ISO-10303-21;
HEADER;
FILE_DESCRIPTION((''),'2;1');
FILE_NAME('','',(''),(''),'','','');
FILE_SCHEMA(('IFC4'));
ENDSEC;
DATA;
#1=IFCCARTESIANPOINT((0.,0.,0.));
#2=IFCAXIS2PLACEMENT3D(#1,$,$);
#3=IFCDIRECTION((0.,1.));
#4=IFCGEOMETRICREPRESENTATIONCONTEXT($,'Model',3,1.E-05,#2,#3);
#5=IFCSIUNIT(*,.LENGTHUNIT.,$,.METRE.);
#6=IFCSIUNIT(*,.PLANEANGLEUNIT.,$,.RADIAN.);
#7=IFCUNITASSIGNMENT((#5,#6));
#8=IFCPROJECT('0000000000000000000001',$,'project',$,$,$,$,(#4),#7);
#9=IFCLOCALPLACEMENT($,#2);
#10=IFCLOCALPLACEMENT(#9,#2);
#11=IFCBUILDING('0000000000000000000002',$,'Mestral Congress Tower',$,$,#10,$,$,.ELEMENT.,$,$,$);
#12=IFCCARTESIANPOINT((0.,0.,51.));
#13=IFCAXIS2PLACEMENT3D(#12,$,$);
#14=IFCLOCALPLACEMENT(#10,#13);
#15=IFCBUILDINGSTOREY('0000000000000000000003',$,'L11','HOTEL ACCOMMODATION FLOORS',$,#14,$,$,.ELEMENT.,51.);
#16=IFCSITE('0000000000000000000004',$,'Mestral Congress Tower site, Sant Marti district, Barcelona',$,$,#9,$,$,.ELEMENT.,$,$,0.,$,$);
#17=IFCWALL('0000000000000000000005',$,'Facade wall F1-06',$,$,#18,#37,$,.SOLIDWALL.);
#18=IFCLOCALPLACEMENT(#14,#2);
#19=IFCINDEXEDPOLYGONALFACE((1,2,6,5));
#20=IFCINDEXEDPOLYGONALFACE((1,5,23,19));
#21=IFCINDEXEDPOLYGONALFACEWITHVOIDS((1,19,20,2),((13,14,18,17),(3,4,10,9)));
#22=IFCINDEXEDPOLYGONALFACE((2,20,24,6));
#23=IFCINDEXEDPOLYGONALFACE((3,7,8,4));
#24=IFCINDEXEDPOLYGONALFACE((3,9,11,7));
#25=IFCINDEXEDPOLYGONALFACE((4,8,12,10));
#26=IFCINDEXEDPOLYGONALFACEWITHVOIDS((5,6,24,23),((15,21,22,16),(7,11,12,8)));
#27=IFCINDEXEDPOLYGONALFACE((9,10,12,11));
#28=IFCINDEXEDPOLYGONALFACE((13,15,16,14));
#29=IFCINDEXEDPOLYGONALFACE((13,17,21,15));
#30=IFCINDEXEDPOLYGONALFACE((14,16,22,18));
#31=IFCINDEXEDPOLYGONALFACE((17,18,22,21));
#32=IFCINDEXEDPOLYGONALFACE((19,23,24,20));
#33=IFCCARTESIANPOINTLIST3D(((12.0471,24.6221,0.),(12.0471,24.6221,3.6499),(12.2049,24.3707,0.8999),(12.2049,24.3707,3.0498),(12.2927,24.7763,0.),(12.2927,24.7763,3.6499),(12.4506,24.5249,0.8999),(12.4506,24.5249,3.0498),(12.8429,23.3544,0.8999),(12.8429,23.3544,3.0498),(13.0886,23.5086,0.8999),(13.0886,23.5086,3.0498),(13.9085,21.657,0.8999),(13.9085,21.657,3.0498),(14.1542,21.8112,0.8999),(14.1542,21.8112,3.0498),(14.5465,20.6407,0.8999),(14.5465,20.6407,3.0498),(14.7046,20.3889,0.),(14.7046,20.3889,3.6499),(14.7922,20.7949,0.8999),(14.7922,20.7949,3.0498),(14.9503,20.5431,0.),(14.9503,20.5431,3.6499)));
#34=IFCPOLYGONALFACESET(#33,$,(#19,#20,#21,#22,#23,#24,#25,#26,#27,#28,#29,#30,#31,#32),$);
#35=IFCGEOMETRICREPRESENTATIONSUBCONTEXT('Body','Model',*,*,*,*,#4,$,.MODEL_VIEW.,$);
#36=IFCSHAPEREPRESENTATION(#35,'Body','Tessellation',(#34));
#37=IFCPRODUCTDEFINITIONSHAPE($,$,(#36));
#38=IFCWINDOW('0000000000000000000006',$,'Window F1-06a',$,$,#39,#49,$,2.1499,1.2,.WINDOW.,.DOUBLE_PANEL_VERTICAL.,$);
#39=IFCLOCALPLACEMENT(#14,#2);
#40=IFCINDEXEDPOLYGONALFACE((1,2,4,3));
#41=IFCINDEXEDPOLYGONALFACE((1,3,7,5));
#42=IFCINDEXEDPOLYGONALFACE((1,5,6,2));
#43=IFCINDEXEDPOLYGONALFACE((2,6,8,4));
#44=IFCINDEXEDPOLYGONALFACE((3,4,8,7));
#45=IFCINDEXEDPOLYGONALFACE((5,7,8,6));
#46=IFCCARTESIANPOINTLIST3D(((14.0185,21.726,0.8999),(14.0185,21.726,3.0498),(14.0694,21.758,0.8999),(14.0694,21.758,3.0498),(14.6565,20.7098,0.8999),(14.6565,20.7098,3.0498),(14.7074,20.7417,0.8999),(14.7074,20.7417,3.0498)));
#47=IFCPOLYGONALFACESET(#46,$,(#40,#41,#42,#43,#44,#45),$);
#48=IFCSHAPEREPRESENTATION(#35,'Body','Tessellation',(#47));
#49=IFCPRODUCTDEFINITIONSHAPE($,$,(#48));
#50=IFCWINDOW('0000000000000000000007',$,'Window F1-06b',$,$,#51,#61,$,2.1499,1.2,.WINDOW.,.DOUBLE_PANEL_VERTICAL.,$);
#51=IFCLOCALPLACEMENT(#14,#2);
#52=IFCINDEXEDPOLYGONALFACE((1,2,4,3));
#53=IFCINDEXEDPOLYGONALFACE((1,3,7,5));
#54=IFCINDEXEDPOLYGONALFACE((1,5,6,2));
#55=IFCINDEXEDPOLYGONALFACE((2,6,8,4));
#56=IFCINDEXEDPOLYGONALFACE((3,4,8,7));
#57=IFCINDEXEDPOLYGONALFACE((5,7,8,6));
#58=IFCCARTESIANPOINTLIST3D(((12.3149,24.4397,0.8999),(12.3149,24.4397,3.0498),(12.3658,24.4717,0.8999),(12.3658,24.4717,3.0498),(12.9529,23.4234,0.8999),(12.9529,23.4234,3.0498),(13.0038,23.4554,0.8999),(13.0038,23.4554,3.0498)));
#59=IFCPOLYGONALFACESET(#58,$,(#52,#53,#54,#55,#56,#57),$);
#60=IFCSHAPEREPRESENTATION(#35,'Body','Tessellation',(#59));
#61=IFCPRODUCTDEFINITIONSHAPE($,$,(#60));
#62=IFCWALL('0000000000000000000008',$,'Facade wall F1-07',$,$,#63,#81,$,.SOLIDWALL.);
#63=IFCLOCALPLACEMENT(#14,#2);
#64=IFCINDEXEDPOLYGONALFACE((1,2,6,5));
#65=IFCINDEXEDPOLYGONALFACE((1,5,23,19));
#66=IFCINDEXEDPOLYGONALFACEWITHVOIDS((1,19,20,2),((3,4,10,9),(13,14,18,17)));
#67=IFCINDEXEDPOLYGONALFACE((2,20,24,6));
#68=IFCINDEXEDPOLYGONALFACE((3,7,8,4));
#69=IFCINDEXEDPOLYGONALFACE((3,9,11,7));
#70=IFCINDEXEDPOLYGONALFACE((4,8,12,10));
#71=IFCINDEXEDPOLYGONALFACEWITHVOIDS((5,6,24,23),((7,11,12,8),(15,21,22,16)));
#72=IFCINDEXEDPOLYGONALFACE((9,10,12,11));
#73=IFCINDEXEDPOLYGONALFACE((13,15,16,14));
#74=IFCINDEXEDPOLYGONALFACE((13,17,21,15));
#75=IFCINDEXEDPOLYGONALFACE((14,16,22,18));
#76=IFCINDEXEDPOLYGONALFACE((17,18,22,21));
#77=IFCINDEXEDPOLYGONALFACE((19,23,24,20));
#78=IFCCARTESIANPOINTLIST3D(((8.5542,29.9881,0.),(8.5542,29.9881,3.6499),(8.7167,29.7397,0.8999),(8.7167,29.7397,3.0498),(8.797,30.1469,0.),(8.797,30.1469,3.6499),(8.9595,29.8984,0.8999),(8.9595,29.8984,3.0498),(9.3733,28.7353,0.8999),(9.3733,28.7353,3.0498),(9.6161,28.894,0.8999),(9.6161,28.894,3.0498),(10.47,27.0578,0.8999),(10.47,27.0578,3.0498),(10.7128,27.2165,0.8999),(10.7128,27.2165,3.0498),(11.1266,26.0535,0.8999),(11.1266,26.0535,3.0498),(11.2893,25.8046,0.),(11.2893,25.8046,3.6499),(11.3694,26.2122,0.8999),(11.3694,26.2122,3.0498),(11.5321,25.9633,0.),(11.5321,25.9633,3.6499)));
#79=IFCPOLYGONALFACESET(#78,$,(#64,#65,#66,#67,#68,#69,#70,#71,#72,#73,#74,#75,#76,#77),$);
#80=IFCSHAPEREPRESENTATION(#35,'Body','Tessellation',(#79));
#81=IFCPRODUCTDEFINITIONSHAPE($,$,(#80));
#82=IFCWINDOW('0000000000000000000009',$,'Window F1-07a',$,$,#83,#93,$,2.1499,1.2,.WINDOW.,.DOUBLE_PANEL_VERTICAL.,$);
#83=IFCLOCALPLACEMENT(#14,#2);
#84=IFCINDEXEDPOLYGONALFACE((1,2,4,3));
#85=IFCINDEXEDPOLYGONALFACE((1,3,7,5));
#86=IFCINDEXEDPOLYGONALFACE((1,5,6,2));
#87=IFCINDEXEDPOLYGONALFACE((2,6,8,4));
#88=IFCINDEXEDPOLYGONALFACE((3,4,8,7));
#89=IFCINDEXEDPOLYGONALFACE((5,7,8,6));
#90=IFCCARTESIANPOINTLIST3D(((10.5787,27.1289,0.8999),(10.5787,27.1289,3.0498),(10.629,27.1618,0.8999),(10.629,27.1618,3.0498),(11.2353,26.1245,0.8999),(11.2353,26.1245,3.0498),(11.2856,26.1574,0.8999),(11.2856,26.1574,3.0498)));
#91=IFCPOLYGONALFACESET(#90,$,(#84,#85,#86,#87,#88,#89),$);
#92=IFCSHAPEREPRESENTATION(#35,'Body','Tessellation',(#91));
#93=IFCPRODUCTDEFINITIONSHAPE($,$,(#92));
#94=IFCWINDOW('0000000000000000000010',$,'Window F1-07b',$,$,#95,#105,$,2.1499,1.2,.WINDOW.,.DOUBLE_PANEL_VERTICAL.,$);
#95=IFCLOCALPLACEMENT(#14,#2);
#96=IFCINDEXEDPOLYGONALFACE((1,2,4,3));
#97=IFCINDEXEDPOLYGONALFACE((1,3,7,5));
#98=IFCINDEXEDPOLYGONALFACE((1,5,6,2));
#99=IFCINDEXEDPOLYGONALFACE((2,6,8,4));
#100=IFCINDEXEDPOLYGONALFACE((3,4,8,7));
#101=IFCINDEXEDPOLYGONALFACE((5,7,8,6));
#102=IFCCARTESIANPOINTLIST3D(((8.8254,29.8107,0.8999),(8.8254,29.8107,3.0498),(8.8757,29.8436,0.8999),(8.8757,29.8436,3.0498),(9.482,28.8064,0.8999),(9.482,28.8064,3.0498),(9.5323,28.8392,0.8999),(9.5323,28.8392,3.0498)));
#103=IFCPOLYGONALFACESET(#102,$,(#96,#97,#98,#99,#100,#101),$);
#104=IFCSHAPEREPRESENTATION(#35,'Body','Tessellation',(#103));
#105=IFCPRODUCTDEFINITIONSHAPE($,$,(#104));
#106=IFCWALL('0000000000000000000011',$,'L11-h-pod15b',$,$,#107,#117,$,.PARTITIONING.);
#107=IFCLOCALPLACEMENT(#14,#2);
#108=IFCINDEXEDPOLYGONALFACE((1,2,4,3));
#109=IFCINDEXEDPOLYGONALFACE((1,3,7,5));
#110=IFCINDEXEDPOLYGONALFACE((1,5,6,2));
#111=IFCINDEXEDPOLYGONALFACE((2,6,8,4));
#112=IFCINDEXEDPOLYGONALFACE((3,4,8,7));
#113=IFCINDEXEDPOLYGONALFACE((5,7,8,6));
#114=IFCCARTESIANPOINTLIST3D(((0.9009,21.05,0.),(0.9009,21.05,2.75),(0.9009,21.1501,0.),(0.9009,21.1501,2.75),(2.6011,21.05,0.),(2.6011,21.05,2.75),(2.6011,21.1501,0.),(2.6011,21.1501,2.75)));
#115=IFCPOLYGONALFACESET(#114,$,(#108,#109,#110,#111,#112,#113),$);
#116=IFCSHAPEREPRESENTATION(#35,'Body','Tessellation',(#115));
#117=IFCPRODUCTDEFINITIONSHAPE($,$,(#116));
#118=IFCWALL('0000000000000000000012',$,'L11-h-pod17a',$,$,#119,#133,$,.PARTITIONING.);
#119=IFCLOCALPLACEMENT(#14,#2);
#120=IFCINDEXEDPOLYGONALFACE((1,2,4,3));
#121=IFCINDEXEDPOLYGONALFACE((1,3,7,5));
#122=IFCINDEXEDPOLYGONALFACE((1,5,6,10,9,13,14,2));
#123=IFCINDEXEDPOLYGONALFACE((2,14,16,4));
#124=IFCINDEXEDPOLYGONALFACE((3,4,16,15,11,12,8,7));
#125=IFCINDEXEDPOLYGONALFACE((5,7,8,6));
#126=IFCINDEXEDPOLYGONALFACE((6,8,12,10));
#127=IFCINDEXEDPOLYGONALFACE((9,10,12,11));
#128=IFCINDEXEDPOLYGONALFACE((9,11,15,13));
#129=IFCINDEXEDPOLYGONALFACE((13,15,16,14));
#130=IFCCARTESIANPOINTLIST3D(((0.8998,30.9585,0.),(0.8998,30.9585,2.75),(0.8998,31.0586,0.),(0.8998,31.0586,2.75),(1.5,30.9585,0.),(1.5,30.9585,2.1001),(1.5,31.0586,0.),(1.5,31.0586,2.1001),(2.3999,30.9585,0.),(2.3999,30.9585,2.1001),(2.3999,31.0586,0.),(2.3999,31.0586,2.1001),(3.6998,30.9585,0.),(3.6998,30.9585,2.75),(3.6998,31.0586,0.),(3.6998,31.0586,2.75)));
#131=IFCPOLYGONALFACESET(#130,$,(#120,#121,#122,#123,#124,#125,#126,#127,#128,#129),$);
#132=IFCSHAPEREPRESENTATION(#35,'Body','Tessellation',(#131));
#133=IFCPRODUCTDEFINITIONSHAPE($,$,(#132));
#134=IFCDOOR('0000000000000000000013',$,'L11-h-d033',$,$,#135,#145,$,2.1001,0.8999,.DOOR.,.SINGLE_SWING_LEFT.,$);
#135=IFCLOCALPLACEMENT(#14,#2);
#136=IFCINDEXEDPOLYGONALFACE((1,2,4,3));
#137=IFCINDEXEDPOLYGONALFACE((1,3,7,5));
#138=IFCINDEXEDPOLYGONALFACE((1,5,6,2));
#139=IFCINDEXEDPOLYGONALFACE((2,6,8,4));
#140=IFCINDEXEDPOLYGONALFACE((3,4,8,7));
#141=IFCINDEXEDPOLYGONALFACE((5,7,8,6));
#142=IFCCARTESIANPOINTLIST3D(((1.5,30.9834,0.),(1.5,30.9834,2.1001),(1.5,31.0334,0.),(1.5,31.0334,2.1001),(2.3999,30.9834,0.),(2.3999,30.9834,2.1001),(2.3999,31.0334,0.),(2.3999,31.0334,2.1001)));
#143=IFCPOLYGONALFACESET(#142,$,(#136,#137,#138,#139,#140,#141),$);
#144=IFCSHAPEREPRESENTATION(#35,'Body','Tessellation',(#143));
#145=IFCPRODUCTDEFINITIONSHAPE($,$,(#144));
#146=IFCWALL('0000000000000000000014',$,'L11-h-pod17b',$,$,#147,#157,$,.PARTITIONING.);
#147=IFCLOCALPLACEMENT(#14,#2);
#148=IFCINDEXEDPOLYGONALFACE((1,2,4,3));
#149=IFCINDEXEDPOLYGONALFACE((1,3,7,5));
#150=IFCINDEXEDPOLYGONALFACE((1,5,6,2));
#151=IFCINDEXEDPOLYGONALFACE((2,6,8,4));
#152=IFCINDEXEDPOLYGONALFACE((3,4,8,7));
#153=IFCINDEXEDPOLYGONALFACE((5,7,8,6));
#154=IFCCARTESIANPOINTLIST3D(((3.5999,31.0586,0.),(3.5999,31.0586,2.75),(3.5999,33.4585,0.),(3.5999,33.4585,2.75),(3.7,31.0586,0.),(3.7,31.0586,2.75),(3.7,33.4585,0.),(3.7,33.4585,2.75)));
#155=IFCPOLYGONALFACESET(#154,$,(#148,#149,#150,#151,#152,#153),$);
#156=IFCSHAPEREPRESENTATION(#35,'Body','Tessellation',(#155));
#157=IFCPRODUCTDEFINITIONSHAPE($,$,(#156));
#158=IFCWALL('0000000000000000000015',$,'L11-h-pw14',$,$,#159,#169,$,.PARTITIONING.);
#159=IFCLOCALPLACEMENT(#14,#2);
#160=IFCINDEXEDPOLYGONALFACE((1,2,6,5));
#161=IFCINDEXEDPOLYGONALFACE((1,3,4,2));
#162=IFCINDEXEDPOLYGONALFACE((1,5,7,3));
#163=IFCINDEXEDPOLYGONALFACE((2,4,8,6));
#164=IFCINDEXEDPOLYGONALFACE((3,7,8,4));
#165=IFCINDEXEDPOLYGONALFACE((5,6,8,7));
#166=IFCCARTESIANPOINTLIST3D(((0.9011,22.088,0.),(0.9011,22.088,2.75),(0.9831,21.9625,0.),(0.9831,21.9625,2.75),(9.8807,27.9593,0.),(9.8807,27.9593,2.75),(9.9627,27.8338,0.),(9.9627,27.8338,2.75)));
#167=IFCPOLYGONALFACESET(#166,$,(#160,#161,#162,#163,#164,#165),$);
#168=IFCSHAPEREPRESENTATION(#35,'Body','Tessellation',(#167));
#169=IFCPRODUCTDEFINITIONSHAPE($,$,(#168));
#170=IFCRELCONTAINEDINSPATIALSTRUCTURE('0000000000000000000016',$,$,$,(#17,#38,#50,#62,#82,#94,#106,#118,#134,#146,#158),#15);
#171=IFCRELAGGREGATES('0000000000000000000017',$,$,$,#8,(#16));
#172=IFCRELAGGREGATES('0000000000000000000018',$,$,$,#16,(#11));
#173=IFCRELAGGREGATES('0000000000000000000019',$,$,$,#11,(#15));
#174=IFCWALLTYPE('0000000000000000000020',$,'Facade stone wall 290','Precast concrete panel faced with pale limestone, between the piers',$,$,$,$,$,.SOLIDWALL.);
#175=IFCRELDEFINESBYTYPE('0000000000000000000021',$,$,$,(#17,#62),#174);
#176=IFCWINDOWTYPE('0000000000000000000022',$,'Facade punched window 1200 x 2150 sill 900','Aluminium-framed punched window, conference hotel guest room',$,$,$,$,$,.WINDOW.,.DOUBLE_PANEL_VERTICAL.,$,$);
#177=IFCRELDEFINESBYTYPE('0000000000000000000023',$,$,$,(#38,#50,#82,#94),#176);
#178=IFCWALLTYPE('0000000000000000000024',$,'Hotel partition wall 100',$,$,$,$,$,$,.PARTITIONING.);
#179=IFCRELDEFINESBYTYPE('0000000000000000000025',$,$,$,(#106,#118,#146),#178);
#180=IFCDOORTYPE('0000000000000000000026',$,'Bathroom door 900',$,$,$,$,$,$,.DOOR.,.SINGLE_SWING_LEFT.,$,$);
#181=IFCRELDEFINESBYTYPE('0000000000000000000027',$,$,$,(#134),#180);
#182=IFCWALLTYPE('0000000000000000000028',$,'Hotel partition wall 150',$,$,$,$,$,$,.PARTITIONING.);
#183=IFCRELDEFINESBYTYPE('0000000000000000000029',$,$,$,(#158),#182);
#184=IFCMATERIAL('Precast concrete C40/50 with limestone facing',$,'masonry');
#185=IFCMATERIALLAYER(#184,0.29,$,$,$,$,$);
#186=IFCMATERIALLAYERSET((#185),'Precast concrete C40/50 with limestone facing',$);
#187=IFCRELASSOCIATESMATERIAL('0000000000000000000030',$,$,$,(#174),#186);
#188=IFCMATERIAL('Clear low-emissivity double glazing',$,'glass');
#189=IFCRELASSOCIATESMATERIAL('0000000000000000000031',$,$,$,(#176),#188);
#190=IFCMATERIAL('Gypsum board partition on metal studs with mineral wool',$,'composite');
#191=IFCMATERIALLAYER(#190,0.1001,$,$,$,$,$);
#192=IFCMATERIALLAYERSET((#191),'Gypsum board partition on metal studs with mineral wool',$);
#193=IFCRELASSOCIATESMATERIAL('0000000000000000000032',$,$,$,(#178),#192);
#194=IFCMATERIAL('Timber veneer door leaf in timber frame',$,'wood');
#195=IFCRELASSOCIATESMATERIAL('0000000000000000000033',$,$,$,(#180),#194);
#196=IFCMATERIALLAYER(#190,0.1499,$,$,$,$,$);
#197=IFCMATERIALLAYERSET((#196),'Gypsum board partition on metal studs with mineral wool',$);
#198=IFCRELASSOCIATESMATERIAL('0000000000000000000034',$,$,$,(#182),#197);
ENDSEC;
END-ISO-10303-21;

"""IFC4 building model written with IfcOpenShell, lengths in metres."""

from ifc_helpers import new_model, si_unit, direction, frame, frame_2d, origin, place, context, subcontext, project, spatial, rectangle, extrude, material, layer, layer_set, type_object, element, fill, save


model = new_model("IFC4")

# Units and contexts
model_context = context("Model", 3, precision=1e-05, world=origin(), true_north=direction((0.0, 1.0)))
body_context = subcontext(model_context, "Body", "Model", "MODEL_VIEW")
ifc_project = project(units=[si_unit("LENGTHUNIT", "METRE"), si_unit("PLANEANGLEUNIT", "RADIAN")], contexts=[model_context])

# Site, building, storey
site_placement = place(None, origin())
site = spatial("IfcSite", under=ifc_project, at=site_placement, Name="Mestral Congress Tower site, Sant Marti district, Barcelona", CompositionType="ELEMENT", RefElevation=0.0)
building_placement = place(site_placement, origin())
building = spatial("IfcBuilding", under=site, at=building_placement, Name="Mestral Congress Tower", CompositionType="ELEMENT")
storey_placement = place(building_placement, frame((0.0, 0.0, 51.0)))
storey = spatial("IfcBuildingStorey", under=building, at=storey_placement, Name="L11", Description="HOTEL ACCOMMODATION FLOORS", CompositionType="ELEMENT", Elevation=51.0)

# Walls, openings, windows
ifc_material_1 = material(Name="Precast concrete C40/50 with limestone facing", Category="masonry")
ifc_layer_1 = layer(ifc_material_1, 0.29)
ifc_layer_set_1 = layer_set([ifc_layer_1], Name="Precast concrete C40/50 with limestone facing")
wall_type_1 = type_object("IfcWallType", Name="Facade stone wall 290", Description="Precast concrete panel faced with pale limestone, between the piers", PredefinedType="SOLIDWALL", material=ifc_layer_set_1)
wall_1_placement = place(storey_placement, frame((14.8274, 20.4661, 0.0), z_axis=(0.0, 0.0, 1.0), x_axis=(-0.531688, 0.84694, 0.0)))
wall_1 = element("IfcWall", 1, at=wall_1_placement, inside=storey, type_object=wall_type_1, Name="Facade wall F1-06", PredefinedType="SOLIDWALL", context=body_context, shape_type="SweptSolid", body=[
    extrude(rectangle(XDim=4.9983, YDim=0.29, at=frame_2d((2.499, 0.0))), origin(), (0.0, 0.0, 1.0), 3.6499),
])
opening_1_placement = place(wall_1_placement, frame((0.2971, 0.0, 0.8999)))
opening_1 = element("IfcOpeningElement", 2, at=opening_1_placement, cuts=wall_1, PredefinedType="OPENING", context=body_context, shape_type="SweptSolid", body=[
    extrude(rectangle(XDim=1.2, YDim=2.1499, at=frame_2d((0.6001, 1.075))), frame((0.0, 0.155, 0.0), z_axis=(0.0, -1.0, 0.0), x_axis=(1.0, 0.0, 0.0)), (0.0, 0.0, 1.0), 0.3101),
])
opening_2_placement = place(wall_1_placement, frame((3.5012, 0.0, 0.8999)))
opening_2 = element("IfcOpeningElement", 3, at=opening_2_placement, cuts=wall_1, PredefinedType="OPENING", context=body_context, shape_type="SweptSolid", body=[
    extrude(rectangle(XDim=1.2, YDim=2.1499, at=frame_2d((0.6001, 1.075))), frame((0.0, 0.155, 0.0), z_axis=(0.0, -1.0, 0.0), x_axis=(1.0, 0.0, 0.0)), (0.0, 0.0, 1.0), 0.3101),
])
ifc_material_2 = material(Name="Clear low-emissivity double glazing", Category="glass")
window_type = type_object("IfcWindowType", Name="Facade punched window 1200 x 2150 sill 900", Description="Aluminium-framed punched window, conference hotel guest room", PartitioningType="DOUBLE_PANEL_VERTICAL", PredefinedType="WINDOW", material=ifc_material_2)
window_1_placement = place(opening_1_placement, origin())
window_1 = element("IfcWindow", 4, at=window_1_placement, inside=storey, type_object=window_type, Name="Window F1-06a", OverallHeight=2.1499, OverallWidth=1.2, PartitioningType="DOUBLE_PANEL_VERTICAL", PredefinedType="WINDOW", context=body_context, shape_type="SweptSolid", body=[
    extrude(rectangle(XDim=1.2, YDim=2.1499, at=frame_2d((0.6001, 1.075))), frame((0.0, 0.0151, 0.0), z_axis=(0.0, -1.0, 0.0), x_axis=(1.0, 0.0, 0.0)), (0.0, 0.0, 1.0), 0.0601),
])
fill(opening_1, window_1)
window_2_placement = place(opening_2_placement, origin())
window_2 = element("IfcWindow", 5, at=window_2_placement, inside=storey, type_object=window_type, Name="Window F1-06b", OverallHeight=2.1499, OverallWidth=1.2, PartitioningType="DOUBLE_PANEL_VERTICAL", PredefinedType="WINDOW", context=body_context, shape_type="SweptSolid", body=[
    extrude(rectangle(XDim=1.2, YDim=2.1499, at=frame_2d((0.6001, 1.075))), frame((0.0, 0.0151, 0.0), z_axis=(0.0, -1.0, 0.0), x_axis=(1.0, 0.0, 0.0)), (0.0, 0.0, 1.0), 0.0601),
])
fill(opening_2, window_2)
wall_2_placement = place(storey_placement, frame((11.4106, 25.884, 0.0), z_axis=(0.0, 0.0, 1.0), x_axis=(-0.547205, 0.836999, 0.0)))
wall_2 = element("IfcWall", 6, at=wall_2_placement, inside=storey, type_object=wall_type_1, Name="Facade wall F1-07", PredefinedType="SOLIDWALL", context=body_context, shape_type="SweptSolid", body=[
    extrude(rectangle(XDim=4.9983, YDim=0.29, at=frame_2d((2.499, 0.0))), origin(), (0.0, 0.0, 1.0), 3.6499),
])
opening_3_placement = place(wall_2_placement, frame((0.2971, 0.0, 0.8999)))
opening_3 = element("IfcOpeningElement", 7, at=opening_3_placement, cuts=wall_2, PredefinedType="OPENING", context=body_context, shape_type="SweptSolid", body=[
    extrude(rectangle(XDim=1.2, YDim=2.1499, at=frame_2d((0.6001, 1.075))), frame((0.0, 0.155, 0.0), z_axis=(0.0, -1.0, 0.0), x_axis=(1.0, 0.0, 0.0)), (0.0, 0.0, 1.0), 0.3101),
])
opening_4_placement = place(wall_2_placement, frame((3.5012, 0.0, 0.8999)))
opening_4 = element("IfcOpeningElement", 8, at=opening_4_placement, cuts=wall_2, PredefinedType="OPENING", context=body_context, shape_type="SweptSolid", body=[
    extrude(rectangle(XDim=1.2, YDim=2.1499, at=frame_2d((0.6001, 1.075))), frame((0.0, 0.155, 0.0), z_axis=(0.0, -1.0, 0.0), x_axis=(1.0, 0.0, 0.0)), (0.0, 0.0, 1.0), 0.3101),
])
window_3_placement = place(opening_3_placement, origin())
window_3 = element("IfcWindow", 9, at=window_3_placement, inside=storey, type_object=window_type, Name="Window F1-07a", OverallHeight=2.1499, OverallWidth=1.2, PartitioningType="DOUBLE_PANEL_VERTICAL", PredefinedType="WINDOW", context=body_context, shape_type="SweptSolid", body=[
    extrude(rectangle(XDim=1.2, YDim=2.1499, at=frame_2d((0.6001, 1.075))), frame((0.0, 0.0151, 0.0), z_axis=(0.0, -1.0, 0.0), x_axis=(1.0, 0.0, 0.0)), (0.0, 0.0, 1.0), 0.0601),
])
fill(opening_3, window_3)
window_4_placement = place(opening_4_placement, origin())
window_4 = element("IfcWindow", 10, at=window_4_placement, inside=storey, type_object=window_type, Name="Window F1-07b", OverallHeight=2.1499, OverallWidth=1.2, PartitioningType="DOUBLE_PANEL_VERTICAL", PredefinedType="WINDOW", context=body_context, shape_type="SweptSolid", body=[
    extrude(rectangle(XDim=1.2, YDim=2.1499, at=frame_2d((0.6001, 1.075))), frame((0.0, 0.0151, 0.0), z_axis=(0.0, -1.0, 0.0), x_axis=(1.0, 0.0, 0.0)), (0.0, 0.0, 1.0), 0.0601),
])
fill(opening_4, window_4)

# Wall
ifc_material_3 = material(Name="Gypsum board partition on metal studs with mineral wool", Category="composite")
ifc_layer_2 = layer(ifc_material_3, 0.1001)
ifc_layer_set_2 = layer_set([ifc_layer_2], Name="Gypsum board partition on metal studs with mineral wool")
wall_type_2 = type_object("IfcWallType", Name="Hotel partition wall 100", PredefinedType="PARTITIONING", material=ifc_layer_set_2)
wall_3_placement = place(storey_placement, frame((2.6011, 21.1001, 0.0), z_axis=(0.0, 0.0, 1.0), x_axis=(-1.0, 0.0, 0.0)))
element("IfcWall", 11, at=wall_3_placement, inside=storey, type_object=wall_type_2, Name="L11-h-pod15b", PredefinedType="PARTITIONING", context=body_context, shape_type="SweptSolid", body=[
    extrude(rectangle(XDim=1.7002, YDim=0.1001, at=frame_2d((0.8501, 0.0))), origin(), (0.0, 0.0, 1.0), 2.75),
])

# Wall, opening, door
wall_4_placement = place(storey_placement, frame((0.8999, 31.0085, 0.0), z_axis=(0.0, 0.0, 1.0), x_axis=(1.0, 0.0, 0.0)))
wall_4 = element("IfcWall", 12, at=wall_4_placement, inside=storey, type_object=wall_type_2, Name="L11-h-pod17a", PredefinedType="PARTITIONING", context=body_context, shape_type="SweptSolid", body=[
    extrude(rectangle(XDim=2.8, YDim=0.1001, at=frame_2d((1.3999, 0.0))), origin(), (0.0, 0.0, 1.0), 2.75),
])
opening_5_placement = place(wall_4_placement, frame((0.6001, 0.0, 0.0)))
opening_5 = element("IfcOpeningElement", 13, at=opening_5_placement, cuts=wall_4, PredefinedType="OPENING", context=body_context, shape_type="SweptSolid", body=[
    extrude(rectangle(XDim=0.8999, YDim=2.1001, at=frame_2d((0.45, 1.05))), frame((0.0, 0.0601, 0.0), z_axis=(0.0, -1.0, 0.0), x_axis=(1.0, 0.0, 0.0)), (0.0, 0.0, 1.0), 0.1201),
])
ifc_material_4 = material(Name="Timber veneer door leaf in timber frame", Category="wood")
door_type = type_object("IfcDoorType", Name="Bathroom door 900", OperationType="SINGLE_SWING_LEFT", PredefinedType="DOOR", material=ifc_material_4)
door_placement = place(opening_5_placement, origin())
door = element("IfcDoor", 14, at=door_placement, inside=storey, type_object=door_type, Name="L11-h-d033", OperationType="SINGLE_SWING_LEFT", OverallHeight=2.1001, OverallWidth=0.8999, PredefinedType="DOOR", context=body_context, shape_type="SweptSolid", body=[
    extrude(rectangle(XDim=0.8999, YDim=2.1001, at=frame_2d((0.45, 1.05))), frame((0.0, 0.0249, 0.0), z_axis=(0.0, -1.0, 0.0), x_axis=(1.0, 0.0, 0.0)), (0.0, 0.0, 1.0), 0.05),
])
fill(opening_5, door)

# Walls
wall_5_placement = place(storey_placement, frame((3.6499, 31.0586, 0.0), z_axis=(0.0, 0.0, 1.0), x_axis=(0.0, 1.0, 0.0)))
element("IfcWall", 15, at=wall_5_placement, inside=storey, type_object=wall_type_2, Name="L11-h-pod17b", PredefinedType="PARTITIONING", context=body_context, shape_type="SweptSolid", body=[
    extrude(rectangle(XDim=2.3999, YDim=0.1001, at=frame_2d((1.2, 0.0))), origin(), (0.0, 0.0, 1.0), 2.75),
])
ifc_layer_3 = layer(ifc_material_3, 0.1499)
ifc_layer_set_3 = layer_set([ifc_layer_3], Name="Gypsum board partition on metal studs with mineral wool")
wall_type_3 = type_object("IfcWallType", Name="Hotel partition wall 150", PredefinedType="PARTITIONING", material=ifc_layer_set_3)
wall_6_placement = place(storey_placement, frame((9.9216, 27.8965, 0.0), z_axis=(0.0, 0.0, 1.0), x_axis=(-0.836971, -0.547248, 0.0)))
element("IfcWall", 16, at=wall_6_placement, inside=storey, type_object=wall_type_3, Name="L11-h-pw14", PredefinedType="PARTITIONING", context=body_context, shape_type="SweptSolid", body=[
    extrude(rectangle(XDim=10.7288, YDim=0.1499, at=frame_2d((5.3643, 0.0))), origin(), (0.0, 0.0, 1.0), 2.75),
])

save(model, "model.ifc")
